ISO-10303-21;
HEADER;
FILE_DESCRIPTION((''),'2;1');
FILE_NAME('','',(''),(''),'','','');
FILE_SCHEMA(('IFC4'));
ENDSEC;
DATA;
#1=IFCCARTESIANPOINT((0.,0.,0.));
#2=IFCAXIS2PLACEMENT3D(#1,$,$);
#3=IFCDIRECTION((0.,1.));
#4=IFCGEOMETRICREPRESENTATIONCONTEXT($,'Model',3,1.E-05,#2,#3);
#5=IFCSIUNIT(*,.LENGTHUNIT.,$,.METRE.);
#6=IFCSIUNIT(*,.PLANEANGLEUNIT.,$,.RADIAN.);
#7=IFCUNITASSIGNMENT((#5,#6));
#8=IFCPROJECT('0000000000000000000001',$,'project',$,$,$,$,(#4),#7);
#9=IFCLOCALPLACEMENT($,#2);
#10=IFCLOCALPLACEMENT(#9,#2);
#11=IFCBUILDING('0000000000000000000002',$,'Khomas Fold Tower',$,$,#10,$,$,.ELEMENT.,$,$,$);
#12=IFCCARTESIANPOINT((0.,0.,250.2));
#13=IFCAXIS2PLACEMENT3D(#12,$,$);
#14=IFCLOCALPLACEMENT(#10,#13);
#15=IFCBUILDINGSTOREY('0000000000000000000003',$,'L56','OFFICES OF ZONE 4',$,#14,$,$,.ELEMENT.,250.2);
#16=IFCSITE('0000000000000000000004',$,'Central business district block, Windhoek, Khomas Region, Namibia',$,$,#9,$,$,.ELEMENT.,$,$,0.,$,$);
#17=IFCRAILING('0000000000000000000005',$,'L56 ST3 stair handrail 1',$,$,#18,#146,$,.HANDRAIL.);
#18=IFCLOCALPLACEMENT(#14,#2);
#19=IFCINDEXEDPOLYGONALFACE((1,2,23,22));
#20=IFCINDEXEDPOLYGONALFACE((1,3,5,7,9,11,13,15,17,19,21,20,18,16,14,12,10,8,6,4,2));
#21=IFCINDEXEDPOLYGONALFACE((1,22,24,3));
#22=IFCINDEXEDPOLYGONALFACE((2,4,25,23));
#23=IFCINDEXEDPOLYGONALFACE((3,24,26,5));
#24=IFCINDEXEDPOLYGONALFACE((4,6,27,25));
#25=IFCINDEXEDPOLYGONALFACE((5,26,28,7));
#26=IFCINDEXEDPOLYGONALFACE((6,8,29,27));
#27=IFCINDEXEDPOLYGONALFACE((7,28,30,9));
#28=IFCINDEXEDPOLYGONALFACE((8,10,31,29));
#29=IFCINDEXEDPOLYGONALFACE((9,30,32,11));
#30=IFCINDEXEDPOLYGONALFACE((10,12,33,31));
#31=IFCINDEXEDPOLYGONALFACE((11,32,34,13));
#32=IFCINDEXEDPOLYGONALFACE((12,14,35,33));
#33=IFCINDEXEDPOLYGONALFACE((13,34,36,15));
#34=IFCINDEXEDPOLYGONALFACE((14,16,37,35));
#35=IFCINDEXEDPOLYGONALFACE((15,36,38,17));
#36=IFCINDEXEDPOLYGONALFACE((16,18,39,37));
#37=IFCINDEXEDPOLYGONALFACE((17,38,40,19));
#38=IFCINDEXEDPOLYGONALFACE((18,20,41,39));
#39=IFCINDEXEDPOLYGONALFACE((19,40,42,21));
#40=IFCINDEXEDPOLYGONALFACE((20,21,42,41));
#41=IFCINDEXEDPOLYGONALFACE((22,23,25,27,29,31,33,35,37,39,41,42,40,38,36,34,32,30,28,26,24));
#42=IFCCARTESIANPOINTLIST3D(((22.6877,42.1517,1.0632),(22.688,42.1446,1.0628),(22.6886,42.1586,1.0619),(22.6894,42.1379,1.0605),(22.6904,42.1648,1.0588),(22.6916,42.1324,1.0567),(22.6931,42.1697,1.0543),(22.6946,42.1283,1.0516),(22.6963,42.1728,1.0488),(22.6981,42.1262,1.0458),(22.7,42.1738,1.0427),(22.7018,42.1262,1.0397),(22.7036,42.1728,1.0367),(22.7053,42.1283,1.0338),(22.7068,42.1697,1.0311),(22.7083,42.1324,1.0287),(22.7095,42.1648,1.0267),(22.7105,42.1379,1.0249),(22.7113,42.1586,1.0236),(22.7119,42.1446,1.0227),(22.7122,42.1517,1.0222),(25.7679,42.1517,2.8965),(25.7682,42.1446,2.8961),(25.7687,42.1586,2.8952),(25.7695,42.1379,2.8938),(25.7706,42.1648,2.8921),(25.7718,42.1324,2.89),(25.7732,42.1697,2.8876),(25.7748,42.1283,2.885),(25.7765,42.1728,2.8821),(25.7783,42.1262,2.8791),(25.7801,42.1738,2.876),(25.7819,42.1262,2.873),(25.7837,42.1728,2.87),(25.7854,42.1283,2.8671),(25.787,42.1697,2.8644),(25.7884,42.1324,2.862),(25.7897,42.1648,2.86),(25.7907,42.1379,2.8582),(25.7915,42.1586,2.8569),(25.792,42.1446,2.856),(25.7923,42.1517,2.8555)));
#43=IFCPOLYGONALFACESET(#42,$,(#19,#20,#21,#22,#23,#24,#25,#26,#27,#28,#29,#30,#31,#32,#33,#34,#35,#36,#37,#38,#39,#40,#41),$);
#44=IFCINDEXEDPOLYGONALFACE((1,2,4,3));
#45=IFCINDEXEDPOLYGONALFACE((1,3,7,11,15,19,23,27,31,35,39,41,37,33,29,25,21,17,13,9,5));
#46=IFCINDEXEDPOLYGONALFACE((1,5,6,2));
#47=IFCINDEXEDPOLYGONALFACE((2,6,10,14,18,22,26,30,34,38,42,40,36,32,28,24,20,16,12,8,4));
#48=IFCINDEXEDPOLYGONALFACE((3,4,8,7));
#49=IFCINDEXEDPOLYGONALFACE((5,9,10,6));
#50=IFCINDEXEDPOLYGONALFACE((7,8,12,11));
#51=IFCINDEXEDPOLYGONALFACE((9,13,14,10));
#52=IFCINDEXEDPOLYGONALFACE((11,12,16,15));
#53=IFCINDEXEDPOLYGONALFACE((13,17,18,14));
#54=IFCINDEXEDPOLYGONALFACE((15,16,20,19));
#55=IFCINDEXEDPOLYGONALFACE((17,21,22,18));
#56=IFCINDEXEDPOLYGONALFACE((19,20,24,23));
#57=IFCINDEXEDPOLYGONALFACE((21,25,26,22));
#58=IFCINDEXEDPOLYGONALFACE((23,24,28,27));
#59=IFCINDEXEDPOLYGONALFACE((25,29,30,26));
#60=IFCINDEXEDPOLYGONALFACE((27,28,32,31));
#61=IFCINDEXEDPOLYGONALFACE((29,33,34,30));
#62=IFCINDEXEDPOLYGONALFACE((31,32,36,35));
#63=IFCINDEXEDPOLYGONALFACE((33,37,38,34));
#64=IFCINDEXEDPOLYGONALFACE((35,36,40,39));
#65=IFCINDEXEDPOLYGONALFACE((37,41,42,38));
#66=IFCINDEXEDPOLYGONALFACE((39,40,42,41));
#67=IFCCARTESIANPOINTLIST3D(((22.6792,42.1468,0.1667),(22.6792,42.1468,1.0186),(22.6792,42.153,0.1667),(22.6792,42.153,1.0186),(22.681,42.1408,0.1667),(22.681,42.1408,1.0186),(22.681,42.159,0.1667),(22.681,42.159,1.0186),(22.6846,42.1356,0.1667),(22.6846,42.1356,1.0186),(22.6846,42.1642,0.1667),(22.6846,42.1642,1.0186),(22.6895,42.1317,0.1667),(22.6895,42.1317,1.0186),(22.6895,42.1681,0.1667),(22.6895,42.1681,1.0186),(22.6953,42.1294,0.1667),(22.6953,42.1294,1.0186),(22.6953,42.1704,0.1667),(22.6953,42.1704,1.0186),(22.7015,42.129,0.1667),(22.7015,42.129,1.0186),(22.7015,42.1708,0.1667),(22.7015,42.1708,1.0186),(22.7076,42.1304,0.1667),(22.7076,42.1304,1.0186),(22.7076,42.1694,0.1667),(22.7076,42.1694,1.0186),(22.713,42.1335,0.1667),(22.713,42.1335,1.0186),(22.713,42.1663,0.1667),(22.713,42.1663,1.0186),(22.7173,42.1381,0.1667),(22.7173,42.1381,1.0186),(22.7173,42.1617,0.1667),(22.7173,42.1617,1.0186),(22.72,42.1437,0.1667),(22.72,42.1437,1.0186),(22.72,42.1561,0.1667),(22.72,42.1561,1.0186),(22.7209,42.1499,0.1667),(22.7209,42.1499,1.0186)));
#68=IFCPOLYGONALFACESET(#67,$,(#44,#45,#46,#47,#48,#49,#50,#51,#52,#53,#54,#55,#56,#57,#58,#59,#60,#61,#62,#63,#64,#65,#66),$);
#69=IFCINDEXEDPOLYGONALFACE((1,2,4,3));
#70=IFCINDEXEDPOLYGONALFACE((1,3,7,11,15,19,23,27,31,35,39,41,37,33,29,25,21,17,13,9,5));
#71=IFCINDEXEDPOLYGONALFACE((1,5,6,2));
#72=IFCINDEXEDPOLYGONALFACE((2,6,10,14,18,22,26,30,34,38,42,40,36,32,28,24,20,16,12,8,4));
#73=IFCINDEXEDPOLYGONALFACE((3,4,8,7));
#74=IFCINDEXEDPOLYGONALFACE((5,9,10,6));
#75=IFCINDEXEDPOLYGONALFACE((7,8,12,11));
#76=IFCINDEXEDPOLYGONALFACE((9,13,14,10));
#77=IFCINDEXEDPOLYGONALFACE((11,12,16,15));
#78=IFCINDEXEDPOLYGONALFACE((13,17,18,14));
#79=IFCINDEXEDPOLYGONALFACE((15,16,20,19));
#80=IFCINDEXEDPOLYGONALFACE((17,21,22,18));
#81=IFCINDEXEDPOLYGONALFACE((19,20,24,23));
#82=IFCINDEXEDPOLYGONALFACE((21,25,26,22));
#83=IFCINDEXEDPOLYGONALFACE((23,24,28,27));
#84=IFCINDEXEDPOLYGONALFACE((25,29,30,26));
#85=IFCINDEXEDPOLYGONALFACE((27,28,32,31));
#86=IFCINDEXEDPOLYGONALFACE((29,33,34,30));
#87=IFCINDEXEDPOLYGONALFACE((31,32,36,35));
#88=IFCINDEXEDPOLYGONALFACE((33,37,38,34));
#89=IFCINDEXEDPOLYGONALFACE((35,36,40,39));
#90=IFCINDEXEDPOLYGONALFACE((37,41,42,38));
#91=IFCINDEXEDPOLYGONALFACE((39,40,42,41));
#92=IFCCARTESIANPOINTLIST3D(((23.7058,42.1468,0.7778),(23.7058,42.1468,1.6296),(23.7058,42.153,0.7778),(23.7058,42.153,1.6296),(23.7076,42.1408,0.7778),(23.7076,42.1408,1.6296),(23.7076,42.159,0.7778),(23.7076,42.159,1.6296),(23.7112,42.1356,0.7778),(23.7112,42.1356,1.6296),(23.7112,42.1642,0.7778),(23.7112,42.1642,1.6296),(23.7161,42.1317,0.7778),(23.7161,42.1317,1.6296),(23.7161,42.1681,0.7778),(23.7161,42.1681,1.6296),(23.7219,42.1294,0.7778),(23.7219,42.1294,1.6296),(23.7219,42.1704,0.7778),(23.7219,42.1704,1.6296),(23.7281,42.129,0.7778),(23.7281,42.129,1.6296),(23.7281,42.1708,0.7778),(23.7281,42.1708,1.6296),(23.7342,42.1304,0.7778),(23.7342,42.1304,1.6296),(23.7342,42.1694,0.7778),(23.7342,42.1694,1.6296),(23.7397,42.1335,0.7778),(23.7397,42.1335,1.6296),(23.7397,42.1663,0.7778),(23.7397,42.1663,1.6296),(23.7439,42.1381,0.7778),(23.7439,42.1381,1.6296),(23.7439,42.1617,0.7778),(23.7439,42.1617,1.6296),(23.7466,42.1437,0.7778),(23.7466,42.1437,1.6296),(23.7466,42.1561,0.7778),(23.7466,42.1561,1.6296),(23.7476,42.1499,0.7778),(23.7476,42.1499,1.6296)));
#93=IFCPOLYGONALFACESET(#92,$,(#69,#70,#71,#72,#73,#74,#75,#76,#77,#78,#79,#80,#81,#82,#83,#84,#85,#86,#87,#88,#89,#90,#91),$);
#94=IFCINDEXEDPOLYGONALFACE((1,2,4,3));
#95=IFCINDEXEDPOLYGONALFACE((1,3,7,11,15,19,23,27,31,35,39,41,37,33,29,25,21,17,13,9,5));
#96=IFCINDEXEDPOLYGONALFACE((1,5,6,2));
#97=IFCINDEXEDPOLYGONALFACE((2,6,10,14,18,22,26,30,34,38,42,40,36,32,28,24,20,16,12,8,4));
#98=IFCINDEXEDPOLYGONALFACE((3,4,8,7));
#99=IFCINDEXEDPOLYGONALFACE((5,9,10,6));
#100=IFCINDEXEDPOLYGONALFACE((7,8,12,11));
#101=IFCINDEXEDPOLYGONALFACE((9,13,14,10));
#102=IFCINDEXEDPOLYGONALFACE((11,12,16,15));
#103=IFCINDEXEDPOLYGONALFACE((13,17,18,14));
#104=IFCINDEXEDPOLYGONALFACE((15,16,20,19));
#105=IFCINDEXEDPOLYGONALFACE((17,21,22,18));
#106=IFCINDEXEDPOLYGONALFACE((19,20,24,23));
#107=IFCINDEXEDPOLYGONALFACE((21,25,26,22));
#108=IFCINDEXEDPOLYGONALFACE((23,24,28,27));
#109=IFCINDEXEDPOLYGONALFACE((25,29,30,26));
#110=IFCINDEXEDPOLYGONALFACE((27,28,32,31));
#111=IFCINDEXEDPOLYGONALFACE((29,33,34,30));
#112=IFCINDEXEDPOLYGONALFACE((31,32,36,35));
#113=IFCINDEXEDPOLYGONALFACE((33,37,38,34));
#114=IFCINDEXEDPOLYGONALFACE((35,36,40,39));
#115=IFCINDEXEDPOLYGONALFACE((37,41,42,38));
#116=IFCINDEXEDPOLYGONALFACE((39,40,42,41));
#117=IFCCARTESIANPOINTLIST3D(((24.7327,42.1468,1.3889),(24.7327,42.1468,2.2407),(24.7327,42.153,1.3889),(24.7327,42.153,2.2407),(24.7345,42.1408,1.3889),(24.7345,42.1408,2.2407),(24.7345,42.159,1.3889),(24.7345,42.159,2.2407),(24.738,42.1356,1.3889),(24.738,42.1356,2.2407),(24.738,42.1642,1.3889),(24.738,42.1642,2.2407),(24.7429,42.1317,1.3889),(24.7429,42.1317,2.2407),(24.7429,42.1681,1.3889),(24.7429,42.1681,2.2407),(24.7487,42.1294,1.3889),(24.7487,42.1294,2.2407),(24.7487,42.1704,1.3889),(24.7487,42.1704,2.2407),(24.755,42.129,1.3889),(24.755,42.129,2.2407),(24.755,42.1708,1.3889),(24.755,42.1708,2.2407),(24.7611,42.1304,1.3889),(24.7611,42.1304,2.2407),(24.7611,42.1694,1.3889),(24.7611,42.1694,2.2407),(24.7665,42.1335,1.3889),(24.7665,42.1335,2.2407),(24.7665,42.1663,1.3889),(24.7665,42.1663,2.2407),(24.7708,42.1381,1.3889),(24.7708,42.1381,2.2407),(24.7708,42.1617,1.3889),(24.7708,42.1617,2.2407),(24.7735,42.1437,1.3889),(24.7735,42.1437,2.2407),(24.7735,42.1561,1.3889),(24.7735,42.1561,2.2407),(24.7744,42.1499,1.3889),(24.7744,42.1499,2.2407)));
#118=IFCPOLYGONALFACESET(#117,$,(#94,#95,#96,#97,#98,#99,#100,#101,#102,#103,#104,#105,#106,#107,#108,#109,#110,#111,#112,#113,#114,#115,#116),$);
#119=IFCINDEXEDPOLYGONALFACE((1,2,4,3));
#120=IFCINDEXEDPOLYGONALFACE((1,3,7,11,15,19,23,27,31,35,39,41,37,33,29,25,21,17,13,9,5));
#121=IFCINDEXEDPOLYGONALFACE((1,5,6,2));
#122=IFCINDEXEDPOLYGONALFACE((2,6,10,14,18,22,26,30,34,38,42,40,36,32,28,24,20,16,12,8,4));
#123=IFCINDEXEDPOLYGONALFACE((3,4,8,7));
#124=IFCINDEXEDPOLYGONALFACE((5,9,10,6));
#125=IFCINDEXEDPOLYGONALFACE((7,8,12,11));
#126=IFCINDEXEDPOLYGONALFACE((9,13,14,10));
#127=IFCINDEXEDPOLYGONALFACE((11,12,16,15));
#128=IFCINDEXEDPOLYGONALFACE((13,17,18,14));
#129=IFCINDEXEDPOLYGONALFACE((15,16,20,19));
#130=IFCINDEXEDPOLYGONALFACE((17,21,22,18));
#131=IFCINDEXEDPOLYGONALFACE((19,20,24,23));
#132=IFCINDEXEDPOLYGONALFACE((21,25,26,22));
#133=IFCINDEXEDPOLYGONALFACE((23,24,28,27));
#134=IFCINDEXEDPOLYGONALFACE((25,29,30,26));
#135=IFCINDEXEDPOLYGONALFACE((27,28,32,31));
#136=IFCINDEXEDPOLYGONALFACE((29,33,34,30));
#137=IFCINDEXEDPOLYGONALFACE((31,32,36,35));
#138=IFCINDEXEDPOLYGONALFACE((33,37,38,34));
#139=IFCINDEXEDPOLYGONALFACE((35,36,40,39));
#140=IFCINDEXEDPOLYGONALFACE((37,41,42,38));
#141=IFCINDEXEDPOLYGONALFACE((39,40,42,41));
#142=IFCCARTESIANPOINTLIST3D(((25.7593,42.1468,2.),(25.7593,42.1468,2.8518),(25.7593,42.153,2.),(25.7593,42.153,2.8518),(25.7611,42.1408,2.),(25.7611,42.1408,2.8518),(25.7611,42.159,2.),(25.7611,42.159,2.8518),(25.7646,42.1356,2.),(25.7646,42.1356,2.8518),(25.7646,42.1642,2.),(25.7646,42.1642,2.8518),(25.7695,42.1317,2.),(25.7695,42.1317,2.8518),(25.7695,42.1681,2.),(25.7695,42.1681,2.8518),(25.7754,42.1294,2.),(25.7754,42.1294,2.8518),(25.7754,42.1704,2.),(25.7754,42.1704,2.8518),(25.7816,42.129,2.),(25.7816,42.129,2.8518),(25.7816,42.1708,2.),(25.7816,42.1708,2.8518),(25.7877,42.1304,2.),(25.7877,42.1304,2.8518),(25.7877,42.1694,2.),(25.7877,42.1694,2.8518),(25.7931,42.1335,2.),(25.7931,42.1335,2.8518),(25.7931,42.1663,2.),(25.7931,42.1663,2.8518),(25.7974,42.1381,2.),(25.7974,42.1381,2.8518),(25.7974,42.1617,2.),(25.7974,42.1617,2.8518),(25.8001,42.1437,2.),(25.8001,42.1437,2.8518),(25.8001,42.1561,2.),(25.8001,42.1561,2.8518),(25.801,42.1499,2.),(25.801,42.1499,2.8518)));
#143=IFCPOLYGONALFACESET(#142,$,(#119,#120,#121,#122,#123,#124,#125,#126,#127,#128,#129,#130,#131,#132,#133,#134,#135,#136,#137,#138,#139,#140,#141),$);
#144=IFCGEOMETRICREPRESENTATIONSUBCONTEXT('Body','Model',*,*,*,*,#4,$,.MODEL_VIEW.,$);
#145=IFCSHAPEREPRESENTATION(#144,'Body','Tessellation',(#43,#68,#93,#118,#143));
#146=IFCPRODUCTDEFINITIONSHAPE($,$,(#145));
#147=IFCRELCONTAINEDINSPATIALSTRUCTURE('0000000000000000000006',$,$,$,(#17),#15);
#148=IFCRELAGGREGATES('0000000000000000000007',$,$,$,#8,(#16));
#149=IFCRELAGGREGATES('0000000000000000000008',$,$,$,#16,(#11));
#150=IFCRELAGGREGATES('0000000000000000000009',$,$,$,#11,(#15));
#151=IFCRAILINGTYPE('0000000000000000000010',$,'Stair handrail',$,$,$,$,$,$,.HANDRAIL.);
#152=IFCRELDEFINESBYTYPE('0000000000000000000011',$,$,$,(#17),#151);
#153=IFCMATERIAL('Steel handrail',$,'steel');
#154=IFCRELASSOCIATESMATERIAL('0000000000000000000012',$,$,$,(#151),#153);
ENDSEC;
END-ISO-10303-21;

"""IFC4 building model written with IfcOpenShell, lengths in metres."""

from ifc_helpers import new_model, si_unit, direction, frame, origin, origin_2d, place, context, subcontext, project, spatial, circle, extrude, source, transform, mapped, material, type_object, element, save


model = new_model("IFC4")

# Units and contexts
model_context = context("Model", 3, precision=1e-05, world=origin(), true_north=direction((0.0, 1.0)))
body_context = subcontext(model_context, "Body", "Model", "MODEL_VIEW")
ifc_project = project(units=[si_unit("LENGTHUNIT", "METRE"), si_unit("PLANEANGLEUNIT", "RADIAN")], contexts=[model_context])

# Site, building, storey
site_placement = place(None, origin())
site = spatial("IfcSite", under=ifc_project, at=site_placement, Name="Central business district block, Windhoek, Khomas Region, Namibia", CompositionType="ELEMENT", RefElevation=0.0)
building_placement = place(site_placement, origin())
building = spatial("IfcBuilding", under=site, at=building_placement, Name="Khomas Fold Tower", CompositionType="ELEMENT")
storey_placement = place(building_placement, frame((0.0, 0.0, 250.2)))
storey = spatial("IfcBuildingStorey", under=building, at=storey_placement, Name="L56", Description="OFFICES OF ZONE 4", CompositionType="ELEMENT", Elevation=250.2)

# Railing
ifc_material_1 = material(Name="Steel handrail", Category="steel")
railing_type_1 = type_object("IfcRailingType", Name="Stair handrail", PredefinedType="HANDRAIL", material=ifc_material_1)
shared_shape_1 = source(origin(), body_context, "Body", "SweptSolid", [
    extrude(circle(Radius=0.0239, at=origin_2d()), frame((0.0, 0.0, 0.876), z_axis=(0.859309, 0.0, 0.511458), x_axis=(0.0, 1.0, 0.0)), (0.0, 0.0, 1.0), 3.5845),
    extrude(circle(Radius=0.021, at=origin_2d()), origin(), (0.0, 0.0, 1.0), 0.8518),
    extrude(circle(Radius=0.021, at=origin_2d()), frame((1.0266, 0.0, 0.6111)), (0.0, 0.0, 1.0), 0.8518),
    extrude(circle(Radius=0.021, at=origin_2d()), frame((2.0535, 0.0, 1.2222)), (0.0, 0.0, 1.0), 0.8518),
    extrude(circle(Radius=0.021, at=origin_2d()), frame((3.0801, 0.0, 1.8333)), (0.0, 0.0, 1.0), 0.8518),
])
railing_1_placement = place(storey_placement, frame((22.7, 42.1499, 0.1667)))
element("IfcRailing", 1, at=railing_1_placement, inside=storey, type_object=railing_type_1, Name="L56 ST3 stair handrail 1", PredefinedType="HANDRAIL", context=body_context, shape_type="MappedRepresentation", body=[
    mapped(shared_shape_1, transform((0.0, 0.0, 0.0))),
])

save(model, "model.ifc")
